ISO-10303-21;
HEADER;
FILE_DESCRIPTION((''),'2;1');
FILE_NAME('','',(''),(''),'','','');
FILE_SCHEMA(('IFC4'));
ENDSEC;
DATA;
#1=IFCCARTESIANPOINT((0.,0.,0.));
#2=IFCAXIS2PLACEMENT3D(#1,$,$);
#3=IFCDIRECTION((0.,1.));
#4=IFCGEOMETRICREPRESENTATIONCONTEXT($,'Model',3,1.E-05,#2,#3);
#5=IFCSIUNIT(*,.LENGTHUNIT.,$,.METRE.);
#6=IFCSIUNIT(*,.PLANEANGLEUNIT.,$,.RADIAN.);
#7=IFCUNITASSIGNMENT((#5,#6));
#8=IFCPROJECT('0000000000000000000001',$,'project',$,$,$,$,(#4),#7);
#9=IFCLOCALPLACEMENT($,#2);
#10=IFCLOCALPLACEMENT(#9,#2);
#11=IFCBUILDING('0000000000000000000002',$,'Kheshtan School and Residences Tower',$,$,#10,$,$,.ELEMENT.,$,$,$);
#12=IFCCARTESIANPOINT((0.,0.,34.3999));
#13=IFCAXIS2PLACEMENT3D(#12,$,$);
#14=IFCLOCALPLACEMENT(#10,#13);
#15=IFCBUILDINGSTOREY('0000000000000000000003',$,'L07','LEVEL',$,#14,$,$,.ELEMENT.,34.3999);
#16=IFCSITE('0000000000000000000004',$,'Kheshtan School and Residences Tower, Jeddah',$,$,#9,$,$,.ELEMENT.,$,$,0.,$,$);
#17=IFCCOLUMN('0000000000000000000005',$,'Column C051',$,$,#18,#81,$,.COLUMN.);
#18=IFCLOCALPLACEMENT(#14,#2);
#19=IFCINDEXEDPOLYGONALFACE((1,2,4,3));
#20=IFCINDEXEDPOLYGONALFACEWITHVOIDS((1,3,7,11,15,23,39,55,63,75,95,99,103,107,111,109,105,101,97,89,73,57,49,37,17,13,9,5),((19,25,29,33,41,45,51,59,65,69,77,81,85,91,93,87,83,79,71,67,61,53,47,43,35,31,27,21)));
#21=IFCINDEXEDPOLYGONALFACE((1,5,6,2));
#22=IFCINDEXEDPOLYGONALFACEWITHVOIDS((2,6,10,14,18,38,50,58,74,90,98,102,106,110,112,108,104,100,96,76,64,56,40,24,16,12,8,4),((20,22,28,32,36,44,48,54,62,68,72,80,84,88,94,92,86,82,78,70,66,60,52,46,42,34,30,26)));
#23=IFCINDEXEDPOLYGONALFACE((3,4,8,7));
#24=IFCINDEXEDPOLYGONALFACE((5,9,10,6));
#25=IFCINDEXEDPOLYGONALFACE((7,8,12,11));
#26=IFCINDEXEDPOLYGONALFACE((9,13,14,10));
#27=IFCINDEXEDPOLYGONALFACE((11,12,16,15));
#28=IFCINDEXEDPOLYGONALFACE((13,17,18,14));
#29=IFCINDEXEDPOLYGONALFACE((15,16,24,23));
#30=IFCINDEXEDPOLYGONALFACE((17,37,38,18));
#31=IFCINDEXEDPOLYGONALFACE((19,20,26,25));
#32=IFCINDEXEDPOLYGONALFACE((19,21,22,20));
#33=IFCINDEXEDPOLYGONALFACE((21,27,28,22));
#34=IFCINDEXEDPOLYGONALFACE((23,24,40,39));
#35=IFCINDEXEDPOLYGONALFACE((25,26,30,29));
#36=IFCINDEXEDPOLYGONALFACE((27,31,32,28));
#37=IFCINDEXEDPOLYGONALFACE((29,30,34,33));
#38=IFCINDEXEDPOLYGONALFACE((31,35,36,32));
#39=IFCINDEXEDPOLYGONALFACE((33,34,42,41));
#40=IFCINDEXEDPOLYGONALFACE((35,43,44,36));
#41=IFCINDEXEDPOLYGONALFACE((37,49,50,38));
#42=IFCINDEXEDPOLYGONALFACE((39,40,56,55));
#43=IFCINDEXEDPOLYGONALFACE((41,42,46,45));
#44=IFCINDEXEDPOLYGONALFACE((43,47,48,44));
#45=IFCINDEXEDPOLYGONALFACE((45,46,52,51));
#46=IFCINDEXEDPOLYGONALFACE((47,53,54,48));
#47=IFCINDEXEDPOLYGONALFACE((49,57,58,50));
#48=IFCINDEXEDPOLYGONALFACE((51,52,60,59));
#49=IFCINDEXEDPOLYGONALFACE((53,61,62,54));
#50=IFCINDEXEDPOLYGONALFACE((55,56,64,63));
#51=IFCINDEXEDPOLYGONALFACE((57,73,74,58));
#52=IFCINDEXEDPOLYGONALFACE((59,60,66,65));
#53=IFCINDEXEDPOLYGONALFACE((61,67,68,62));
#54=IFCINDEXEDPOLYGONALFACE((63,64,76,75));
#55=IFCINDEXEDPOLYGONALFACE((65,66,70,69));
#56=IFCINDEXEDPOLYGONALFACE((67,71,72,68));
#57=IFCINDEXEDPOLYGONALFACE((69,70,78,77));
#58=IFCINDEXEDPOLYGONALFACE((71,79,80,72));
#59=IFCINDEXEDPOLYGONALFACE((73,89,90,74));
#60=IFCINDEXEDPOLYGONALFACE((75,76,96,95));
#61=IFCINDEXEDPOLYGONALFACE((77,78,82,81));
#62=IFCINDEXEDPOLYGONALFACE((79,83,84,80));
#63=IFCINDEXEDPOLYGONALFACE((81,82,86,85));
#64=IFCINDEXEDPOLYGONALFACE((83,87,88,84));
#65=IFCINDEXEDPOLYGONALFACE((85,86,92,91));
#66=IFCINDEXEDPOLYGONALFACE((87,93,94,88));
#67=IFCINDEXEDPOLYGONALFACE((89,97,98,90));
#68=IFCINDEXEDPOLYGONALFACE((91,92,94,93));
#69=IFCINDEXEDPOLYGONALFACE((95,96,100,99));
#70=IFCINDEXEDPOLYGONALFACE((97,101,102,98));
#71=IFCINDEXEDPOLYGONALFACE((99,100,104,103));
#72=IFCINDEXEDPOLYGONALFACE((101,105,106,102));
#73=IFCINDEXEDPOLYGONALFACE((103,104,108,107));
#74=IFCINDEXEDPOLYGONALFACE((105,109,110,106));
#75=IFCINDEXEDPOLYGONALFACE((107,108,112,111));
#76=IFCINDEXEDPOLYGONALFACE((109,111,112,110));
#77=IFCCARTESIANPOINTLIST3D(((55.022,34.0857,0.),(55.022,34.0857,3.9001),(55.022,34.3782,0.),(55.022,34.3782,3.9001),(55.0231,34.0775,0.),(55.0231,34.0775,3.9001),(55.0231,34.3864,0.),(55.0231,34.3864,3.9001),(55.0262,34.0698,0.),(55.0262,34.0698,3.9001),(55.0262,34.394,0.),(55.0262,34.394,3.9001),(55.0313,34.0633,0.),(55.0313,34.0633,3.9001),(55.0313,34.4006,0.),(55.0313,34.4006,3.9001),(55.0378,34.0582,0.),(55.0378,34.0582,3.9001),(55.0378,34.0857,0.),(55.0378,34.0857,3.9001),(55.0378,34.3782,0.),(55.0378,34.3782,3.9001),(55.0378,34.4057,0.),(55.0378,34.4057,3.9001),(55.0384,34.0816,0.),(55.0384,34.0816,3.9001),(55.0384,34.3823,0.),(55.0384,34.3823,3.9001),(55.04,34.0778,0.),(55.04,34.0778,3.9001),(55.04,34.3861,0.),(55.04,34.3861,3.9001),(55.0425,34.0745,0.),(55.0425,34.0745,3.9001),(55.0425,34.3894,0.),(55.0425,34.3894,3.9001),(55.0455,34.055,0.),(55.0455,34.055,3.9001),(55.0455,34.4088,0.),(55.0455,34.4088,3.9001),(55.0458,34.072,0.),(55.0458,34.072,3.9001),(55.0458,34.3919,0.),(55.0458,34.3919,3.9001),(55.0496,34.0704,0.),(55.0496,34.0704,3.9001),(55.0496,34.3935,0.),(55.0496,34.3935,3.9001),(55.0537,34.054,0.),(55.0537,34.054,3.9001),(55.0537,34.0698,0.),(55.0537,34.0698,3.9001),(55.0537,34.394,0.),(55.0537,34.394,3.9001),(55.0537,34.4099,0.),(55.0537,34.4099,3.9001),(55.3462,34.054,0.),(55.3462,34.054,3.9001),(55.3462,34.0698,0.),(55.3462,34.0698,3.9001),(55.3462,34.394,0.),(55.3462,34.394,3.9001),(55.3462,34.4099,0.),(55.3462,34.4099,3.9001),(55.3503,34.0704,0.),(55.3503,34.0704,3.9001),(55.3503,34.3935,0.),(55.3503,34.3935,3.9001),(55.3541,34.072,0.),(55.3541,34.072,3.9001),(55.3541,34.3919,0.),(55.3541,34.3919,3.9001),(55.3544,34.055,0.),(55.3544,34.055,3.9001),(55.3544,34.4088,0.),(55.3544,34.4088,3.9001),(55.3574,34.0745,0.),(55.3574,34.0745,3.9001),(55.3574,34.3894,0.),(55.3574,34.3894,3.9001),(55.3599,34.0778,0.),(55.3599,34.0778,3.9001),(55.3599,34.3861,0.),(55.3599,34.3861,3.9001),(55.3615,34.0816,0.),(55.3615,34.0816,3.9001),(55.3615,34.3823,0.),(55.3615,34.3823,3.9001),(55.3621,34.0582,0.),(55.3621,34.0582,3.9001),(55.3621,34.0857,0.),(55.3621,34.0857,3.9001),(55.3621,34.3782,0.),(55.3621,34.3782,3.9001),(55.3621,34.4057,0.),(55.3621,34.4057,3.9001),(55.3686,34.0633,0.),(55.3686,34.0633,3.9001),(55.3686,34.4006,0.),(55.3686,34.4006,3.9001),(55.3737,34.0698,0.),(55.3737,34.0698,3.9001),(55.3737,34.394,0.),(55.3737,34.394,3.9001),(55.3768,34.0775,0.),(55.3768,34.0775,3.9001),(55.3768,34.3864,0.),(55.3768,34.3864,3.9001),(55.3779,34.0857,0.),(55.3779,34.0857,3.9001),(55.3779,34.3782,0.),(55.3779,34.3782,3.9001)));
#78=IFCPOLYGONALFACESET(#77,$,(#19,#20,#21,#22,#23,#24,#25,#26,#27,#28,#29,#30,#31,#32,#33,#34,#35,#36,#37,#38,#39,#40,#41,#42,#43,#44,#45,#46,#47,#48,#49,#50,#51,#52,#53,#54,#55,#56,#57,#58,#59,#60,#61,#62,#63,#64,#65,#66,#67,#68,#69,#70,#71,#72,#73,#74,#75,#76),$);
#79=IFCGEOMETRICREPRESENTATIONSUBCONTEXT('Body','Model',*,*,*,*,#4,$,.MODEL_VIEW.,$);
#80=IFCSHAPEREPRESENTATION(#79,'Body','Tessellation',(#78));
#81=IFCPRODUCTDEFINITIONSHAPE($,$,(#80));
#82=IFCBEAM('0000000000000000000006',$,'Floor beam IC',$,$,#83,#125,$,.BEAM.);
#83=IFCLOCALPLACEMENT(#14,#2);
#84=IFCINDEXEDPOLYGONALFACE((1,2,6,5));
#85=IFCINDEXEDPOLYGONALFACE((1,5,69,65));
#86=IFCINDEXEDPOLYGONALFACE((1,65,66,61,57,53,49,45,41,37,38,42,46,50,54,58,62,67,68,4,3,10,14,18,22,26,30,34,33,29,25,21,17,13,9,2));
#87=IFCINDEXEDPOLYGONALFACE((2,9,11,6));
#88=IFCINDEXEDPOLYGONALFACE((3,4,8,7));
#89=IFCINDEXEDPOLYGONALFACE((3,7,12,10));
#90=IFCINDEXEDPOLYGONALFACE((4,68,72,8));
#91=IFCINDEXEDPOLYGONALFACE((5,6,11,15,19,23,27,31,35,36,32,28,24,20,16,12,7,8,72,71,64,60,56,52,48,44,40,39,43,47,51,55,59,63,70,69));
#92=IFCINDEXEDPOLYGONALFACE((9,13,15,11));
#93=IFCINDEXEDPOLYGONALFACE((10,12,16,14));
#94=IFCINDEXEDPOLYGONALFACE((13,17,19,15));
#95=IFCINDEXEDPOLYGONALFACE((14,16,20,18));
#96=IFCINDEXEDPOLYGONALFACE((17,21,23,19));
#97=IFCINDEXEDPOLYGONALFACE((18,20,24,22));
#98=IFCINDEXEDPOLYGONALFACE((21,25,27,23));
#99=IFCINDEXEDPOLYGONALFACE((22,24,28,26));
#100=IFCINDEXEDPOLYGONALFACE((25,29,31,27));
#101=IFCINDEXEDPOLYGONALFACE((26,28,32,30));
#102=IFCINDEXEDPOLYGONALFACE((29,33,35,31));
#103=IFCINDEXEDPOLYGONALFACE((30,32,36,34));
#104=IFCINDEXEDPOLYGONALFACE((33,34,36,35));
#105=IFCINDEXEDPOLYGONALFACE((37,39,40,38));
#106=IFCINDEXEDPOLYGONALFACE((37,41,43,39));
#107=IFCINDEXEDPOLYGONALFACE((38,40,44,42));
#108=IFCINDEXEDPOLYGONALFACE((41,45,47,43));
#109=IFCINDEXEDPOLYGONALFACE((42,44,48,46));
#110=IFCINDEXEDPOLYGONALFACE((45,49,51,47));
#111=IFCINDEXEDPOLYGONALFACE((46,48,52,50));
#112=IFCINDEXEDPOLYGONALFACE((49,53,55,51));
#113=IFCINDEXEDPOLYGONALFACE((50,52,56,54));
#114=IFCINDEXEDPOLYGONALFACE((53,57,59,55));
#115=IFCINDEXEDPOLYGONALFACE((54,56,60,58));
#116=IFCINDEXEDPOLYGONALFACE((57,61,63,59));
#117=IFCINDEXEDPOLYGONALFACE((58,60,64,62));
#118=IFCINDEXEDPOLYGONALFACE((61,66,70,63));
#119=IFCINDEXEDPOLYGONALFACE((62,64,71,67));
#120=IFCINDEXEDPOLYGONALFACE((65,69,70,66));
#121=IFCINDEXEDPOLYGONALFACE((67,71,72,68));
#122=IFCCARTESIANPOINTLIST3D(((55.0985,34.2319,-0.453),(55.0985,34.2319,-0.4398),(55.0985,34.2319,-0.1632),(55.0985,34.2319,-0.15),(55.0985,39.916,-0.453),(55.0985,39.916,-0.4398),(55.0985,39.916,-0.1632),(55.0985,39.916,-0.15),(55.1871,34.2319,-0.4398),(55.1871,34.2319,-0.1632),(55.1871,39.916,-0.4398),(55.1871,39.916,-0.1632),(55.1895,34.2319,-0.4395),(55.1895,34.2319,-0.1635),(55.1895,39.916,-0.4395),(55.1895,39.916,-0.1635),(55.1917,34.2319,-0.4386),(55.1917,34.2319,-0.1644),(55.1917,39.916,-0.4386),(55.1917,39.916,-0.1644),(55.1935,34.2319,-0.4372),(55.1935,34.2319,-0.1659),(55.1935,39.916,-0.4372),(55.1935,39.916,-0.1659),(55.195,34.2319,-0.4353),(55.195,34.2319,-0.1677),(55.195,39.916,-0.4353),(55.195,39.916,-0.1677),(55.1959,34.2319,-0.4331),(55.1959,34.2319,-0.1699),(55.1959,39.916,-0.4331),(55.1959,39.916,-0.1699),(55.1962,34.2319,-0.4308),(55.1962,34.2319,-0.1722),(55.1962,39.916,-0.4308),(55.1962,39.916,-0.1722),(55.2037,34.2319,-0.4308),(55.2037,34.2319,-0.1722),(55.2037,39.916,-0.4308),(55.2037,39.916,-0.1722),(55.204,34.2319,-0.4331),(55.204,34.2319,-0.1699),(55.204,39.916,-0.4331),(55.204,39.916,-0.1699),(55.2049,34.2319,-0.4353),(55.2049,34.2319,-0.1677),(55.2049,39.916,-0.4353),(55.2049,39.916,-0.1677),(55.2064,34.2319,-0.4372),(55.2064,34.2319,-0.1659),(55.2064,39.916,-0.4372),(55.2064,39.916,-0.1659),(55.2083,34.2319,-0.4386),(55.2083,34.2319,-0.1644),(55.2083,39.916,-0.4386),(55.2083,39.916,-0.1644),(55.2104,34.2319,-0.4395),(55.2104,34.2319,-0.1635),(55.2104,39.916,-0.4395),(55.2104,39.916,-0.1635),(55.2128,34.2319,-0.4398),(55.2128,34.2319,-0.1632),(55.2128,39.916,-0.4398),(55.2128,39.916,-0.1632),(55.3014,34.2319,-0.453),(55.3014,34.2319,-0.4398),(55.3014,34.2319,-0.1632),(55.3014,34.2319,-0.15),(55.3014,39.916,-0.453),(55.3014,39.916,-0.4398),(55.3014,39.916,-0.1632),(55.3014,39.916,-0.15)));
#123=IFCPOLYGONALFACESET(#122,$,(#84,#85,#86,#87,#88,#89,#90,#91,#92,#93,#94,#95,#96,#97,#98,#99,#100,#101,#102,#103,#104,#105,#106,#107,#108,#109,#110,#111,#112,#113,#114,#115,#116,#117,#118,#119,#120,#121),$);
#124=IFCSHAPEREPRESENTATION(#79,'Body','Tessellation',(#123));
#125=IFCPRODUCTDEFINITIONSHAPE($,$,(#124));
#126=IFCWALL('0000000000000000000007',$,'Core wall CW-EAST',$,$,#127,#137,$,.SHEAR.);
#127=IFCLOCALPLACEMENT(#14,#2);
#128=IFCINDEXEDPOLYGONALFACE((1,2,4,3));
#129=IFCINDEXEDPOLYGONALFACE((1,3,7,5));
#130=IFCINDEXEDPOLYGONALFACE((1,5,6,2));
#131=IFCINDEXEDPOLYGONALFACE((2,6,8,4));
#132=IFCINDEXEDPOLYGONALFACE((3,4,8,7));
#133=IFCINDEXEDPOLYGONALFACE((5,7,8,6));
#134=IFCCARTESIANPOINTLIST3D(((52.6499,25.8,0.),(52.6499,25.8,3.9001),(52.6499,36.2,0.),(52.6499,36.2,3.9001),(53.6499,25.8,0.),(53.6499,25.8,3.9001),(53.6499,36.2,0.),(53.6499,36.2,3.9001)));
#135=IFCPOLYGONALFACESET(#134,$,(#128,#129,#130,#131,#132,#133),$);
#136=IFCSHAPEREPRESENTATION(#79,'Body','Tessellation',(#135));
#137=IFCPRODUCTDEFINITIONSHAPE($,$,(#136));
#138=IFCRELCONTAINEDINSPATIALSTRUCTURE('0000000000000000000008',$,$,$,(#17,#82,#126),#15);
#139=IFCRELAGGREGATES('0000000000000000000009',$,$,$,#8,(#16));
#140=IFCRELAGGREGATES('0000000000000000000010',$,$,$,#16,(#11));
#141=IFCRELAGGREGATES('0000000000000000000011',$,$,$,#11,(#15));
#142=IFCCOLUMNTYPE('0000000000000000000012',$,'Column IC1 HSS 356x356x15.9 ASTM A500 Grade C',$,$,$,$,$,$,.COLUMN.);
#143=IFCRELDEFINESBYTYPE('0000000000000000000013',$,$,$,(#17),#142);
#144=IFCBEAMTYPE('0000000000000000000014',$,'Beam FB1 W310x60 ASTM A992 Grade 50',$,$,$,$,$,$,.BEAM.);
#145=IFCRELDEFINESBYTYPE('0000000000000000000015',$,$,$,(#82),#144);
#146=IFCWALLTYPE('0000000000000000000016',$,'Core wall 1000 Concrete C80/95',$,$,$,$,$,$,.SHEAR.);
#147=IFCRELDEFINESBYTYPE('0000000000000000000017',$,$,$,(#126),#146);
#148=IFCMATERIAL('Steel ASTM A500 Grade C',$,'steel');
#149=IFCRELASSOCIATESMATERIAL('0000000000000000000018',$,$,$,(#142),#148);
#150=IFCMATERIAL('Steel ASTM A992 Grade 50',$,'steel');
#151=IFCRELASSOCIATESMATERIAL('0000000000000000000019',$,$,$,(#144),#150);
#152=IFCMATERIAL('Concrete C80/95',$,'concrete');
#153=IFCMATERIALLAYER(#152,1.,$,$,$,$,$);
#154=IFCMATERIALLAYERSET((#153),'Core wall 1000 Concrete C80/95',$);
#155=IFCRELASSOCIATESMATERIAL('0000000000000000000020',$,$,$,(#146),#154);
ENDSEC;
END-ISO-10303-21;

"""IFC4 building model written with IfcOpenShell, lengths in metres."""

from ifc_helpers import new_model, si_unit, direction, frame, frame_2d, origin, origin_2d, place, context, subcontext, project, spatial, rectangle, hollow_rectangle, i_section, extrude, material, layer, layer_set, material_profile, profile_set, type_object, element, save


model = new_model("IFC4")

# Units and contexts
model_context = context("Model", 3, precision=1e-05, world=origin(), true_north=direction((0.0, 1.0)))
body_context = subcontext(model_context, "Body", "Model", "MODEL_VIEW")
ifc_project = project(units=[si_unit("LENGTHUNIT", "METRE"), si_unit("PLANEANGLEUNIT", "RADIAN")], contexts=[model_context])

# Site, building, storey
site_placement = place(None, origin())
site = spatial("IfcSite", under=ifc_project, at=site_placement, Name="Kheshtan School and Residences Tower, Jeddah", CompositionType="ELEMENT", RefElevation=0.0)
building_placement = place(site_placement, origin())
building = spatial("IfcBuilding", under=site, at=building_placement, Name="Kheshtan School and Residences Tower", CompositionType="ELEMENT")
storey_placement = place(building_placement, frame((0.0, 0.0, 34.3999)))
storey = spatial("IfcBuildingStorey", under=building, at=storey_placement, Name="L07", Description="LEVEL", CompositionType="ELEMENT", Elevation=34.3999)

# Column
ifc_material_1 = material(Name="Steel ASTM A500 Grade C", Category="steel")
ifc_material_profile_1 = material_profile(ifc_material_1, hollow_rectangle(XDim=0.356, YDim=0.356, WallThickness=0.0159, InnerFilletRadius=0.0159, OuterFilletRadius=0.0317, at=origin_2d()), Name="HSS 356x356x15.9")
ifc_profile_set_1 = profile_set([ifc_material_profile_1], Name="Steel ASTM A500 Grade C")
column_type = type_object("IfcColumnType", Name="Column IC1 HSS 356x356x15.9 ASTM A500 Grade C", PredefinedType="COLUMN", material=ifc_profile_set_1)
column_placement = place(storey_placement, frame((55.2, 34.2319, 0.0), z_axis=(0.0, 0.0, 1.0), x_axis=(1.0, 0.0, 0.0)))
element("IfcColumn", 1, at=column_placement, inside=storey, type_object=column_type, Name="Column C051", PredefinedType="COLUMN", context=body_context, shape_type="SweptSolid", body=[
    extrude(hollow_rectangle(XDim=0.356, YDim=0.356, WallThickness=0.0159, InnerFilletRadius=0.0159, OuterFilletRadius=0.0317, at=origin_2d()), origin(), (0.0, 0.0, 1.0), 3.9001),
])

# Beam
ifc_material_2 = material(Name="Steel ASTM A992 Grade 50", Category="steel")
ifc_material_profile_2 = material_profile(ifc_material_2, i_section(OverallWidth=0.2029, OverallDepth=0.303, WebThickness=0.0076, FlangeThickness=0.0132, FilletRadius=0.009, at=origin_2d()), Name="W310x60")
ifc_profile_set_2 = profile_set([ifc_material_profile_2], Name="Steel ASTM A992 Grade 50")
beam_type = type_object("IfcBeamType", Name="Beam FB1 W310x60 ASTM A992 Grade 50", PredefinedType="BEAM", material=ifc_profile_set_2)
beam_placement = place(storey_placement, frame((55.2, 34.2319, -0.3015), z_axis=(0.0, 1.0, 0.0), x_axis=(-1.0, 0.0, 0.0)))
element("IfcBeam", 2, at=beam_placement, inside=storey, type_object=beam_type, Name="Floor beam IC", PredefinedType="BEAM", context=body_context, shape_type="SweptSolid", body=[
    extrude(i_section(OverallWidth=0.2029, OverallDepth=0.303, WebThickness=0.0076, FlangeThickness=0.0132, FilletRadius=0.009, at=origin_2d()), origin(), (0.0, 0.0, 1.0), 5.6841),
])

# Wall
ifc_material_3 = material(Name="Concrete C80/95", Category="concrete")
ifc_layer_1 = layer(ifc_material_3, 1.0)
ifc_layer_set_1 = layer_set([ifc_layer_1], Name="Core wall 1000 Concrete C80/95")
wall_type_1 = type_object("IfcWallType", Name="Core wall 1000 Concrete C80/95", PredefinedType="SHEAR", material=ifc_layer_set_1)
wall_1_placement = place(storey_placement, frame((53.1499, 25.8, 0.0), z_axis=(0.0, 0.0, 1.0), x_axis=(0.0, 1.0, 0.0)))
element("IfcWall", 3, at=wall_1_placement, inside=storey, type_object=wall_type_1, Name="Core wall CW-EAST", PredefinedType="SHEAR", context=body_context, shape_type="SweptSolid", body=[
    extrude(rectangle(XDim=10.3999, YDim=1.0, at=frame_2d((5.2, 0.0))), origin(), (0.0, 0.0, 1.0), 3.9001),
])

save(model, "model.ifc")
